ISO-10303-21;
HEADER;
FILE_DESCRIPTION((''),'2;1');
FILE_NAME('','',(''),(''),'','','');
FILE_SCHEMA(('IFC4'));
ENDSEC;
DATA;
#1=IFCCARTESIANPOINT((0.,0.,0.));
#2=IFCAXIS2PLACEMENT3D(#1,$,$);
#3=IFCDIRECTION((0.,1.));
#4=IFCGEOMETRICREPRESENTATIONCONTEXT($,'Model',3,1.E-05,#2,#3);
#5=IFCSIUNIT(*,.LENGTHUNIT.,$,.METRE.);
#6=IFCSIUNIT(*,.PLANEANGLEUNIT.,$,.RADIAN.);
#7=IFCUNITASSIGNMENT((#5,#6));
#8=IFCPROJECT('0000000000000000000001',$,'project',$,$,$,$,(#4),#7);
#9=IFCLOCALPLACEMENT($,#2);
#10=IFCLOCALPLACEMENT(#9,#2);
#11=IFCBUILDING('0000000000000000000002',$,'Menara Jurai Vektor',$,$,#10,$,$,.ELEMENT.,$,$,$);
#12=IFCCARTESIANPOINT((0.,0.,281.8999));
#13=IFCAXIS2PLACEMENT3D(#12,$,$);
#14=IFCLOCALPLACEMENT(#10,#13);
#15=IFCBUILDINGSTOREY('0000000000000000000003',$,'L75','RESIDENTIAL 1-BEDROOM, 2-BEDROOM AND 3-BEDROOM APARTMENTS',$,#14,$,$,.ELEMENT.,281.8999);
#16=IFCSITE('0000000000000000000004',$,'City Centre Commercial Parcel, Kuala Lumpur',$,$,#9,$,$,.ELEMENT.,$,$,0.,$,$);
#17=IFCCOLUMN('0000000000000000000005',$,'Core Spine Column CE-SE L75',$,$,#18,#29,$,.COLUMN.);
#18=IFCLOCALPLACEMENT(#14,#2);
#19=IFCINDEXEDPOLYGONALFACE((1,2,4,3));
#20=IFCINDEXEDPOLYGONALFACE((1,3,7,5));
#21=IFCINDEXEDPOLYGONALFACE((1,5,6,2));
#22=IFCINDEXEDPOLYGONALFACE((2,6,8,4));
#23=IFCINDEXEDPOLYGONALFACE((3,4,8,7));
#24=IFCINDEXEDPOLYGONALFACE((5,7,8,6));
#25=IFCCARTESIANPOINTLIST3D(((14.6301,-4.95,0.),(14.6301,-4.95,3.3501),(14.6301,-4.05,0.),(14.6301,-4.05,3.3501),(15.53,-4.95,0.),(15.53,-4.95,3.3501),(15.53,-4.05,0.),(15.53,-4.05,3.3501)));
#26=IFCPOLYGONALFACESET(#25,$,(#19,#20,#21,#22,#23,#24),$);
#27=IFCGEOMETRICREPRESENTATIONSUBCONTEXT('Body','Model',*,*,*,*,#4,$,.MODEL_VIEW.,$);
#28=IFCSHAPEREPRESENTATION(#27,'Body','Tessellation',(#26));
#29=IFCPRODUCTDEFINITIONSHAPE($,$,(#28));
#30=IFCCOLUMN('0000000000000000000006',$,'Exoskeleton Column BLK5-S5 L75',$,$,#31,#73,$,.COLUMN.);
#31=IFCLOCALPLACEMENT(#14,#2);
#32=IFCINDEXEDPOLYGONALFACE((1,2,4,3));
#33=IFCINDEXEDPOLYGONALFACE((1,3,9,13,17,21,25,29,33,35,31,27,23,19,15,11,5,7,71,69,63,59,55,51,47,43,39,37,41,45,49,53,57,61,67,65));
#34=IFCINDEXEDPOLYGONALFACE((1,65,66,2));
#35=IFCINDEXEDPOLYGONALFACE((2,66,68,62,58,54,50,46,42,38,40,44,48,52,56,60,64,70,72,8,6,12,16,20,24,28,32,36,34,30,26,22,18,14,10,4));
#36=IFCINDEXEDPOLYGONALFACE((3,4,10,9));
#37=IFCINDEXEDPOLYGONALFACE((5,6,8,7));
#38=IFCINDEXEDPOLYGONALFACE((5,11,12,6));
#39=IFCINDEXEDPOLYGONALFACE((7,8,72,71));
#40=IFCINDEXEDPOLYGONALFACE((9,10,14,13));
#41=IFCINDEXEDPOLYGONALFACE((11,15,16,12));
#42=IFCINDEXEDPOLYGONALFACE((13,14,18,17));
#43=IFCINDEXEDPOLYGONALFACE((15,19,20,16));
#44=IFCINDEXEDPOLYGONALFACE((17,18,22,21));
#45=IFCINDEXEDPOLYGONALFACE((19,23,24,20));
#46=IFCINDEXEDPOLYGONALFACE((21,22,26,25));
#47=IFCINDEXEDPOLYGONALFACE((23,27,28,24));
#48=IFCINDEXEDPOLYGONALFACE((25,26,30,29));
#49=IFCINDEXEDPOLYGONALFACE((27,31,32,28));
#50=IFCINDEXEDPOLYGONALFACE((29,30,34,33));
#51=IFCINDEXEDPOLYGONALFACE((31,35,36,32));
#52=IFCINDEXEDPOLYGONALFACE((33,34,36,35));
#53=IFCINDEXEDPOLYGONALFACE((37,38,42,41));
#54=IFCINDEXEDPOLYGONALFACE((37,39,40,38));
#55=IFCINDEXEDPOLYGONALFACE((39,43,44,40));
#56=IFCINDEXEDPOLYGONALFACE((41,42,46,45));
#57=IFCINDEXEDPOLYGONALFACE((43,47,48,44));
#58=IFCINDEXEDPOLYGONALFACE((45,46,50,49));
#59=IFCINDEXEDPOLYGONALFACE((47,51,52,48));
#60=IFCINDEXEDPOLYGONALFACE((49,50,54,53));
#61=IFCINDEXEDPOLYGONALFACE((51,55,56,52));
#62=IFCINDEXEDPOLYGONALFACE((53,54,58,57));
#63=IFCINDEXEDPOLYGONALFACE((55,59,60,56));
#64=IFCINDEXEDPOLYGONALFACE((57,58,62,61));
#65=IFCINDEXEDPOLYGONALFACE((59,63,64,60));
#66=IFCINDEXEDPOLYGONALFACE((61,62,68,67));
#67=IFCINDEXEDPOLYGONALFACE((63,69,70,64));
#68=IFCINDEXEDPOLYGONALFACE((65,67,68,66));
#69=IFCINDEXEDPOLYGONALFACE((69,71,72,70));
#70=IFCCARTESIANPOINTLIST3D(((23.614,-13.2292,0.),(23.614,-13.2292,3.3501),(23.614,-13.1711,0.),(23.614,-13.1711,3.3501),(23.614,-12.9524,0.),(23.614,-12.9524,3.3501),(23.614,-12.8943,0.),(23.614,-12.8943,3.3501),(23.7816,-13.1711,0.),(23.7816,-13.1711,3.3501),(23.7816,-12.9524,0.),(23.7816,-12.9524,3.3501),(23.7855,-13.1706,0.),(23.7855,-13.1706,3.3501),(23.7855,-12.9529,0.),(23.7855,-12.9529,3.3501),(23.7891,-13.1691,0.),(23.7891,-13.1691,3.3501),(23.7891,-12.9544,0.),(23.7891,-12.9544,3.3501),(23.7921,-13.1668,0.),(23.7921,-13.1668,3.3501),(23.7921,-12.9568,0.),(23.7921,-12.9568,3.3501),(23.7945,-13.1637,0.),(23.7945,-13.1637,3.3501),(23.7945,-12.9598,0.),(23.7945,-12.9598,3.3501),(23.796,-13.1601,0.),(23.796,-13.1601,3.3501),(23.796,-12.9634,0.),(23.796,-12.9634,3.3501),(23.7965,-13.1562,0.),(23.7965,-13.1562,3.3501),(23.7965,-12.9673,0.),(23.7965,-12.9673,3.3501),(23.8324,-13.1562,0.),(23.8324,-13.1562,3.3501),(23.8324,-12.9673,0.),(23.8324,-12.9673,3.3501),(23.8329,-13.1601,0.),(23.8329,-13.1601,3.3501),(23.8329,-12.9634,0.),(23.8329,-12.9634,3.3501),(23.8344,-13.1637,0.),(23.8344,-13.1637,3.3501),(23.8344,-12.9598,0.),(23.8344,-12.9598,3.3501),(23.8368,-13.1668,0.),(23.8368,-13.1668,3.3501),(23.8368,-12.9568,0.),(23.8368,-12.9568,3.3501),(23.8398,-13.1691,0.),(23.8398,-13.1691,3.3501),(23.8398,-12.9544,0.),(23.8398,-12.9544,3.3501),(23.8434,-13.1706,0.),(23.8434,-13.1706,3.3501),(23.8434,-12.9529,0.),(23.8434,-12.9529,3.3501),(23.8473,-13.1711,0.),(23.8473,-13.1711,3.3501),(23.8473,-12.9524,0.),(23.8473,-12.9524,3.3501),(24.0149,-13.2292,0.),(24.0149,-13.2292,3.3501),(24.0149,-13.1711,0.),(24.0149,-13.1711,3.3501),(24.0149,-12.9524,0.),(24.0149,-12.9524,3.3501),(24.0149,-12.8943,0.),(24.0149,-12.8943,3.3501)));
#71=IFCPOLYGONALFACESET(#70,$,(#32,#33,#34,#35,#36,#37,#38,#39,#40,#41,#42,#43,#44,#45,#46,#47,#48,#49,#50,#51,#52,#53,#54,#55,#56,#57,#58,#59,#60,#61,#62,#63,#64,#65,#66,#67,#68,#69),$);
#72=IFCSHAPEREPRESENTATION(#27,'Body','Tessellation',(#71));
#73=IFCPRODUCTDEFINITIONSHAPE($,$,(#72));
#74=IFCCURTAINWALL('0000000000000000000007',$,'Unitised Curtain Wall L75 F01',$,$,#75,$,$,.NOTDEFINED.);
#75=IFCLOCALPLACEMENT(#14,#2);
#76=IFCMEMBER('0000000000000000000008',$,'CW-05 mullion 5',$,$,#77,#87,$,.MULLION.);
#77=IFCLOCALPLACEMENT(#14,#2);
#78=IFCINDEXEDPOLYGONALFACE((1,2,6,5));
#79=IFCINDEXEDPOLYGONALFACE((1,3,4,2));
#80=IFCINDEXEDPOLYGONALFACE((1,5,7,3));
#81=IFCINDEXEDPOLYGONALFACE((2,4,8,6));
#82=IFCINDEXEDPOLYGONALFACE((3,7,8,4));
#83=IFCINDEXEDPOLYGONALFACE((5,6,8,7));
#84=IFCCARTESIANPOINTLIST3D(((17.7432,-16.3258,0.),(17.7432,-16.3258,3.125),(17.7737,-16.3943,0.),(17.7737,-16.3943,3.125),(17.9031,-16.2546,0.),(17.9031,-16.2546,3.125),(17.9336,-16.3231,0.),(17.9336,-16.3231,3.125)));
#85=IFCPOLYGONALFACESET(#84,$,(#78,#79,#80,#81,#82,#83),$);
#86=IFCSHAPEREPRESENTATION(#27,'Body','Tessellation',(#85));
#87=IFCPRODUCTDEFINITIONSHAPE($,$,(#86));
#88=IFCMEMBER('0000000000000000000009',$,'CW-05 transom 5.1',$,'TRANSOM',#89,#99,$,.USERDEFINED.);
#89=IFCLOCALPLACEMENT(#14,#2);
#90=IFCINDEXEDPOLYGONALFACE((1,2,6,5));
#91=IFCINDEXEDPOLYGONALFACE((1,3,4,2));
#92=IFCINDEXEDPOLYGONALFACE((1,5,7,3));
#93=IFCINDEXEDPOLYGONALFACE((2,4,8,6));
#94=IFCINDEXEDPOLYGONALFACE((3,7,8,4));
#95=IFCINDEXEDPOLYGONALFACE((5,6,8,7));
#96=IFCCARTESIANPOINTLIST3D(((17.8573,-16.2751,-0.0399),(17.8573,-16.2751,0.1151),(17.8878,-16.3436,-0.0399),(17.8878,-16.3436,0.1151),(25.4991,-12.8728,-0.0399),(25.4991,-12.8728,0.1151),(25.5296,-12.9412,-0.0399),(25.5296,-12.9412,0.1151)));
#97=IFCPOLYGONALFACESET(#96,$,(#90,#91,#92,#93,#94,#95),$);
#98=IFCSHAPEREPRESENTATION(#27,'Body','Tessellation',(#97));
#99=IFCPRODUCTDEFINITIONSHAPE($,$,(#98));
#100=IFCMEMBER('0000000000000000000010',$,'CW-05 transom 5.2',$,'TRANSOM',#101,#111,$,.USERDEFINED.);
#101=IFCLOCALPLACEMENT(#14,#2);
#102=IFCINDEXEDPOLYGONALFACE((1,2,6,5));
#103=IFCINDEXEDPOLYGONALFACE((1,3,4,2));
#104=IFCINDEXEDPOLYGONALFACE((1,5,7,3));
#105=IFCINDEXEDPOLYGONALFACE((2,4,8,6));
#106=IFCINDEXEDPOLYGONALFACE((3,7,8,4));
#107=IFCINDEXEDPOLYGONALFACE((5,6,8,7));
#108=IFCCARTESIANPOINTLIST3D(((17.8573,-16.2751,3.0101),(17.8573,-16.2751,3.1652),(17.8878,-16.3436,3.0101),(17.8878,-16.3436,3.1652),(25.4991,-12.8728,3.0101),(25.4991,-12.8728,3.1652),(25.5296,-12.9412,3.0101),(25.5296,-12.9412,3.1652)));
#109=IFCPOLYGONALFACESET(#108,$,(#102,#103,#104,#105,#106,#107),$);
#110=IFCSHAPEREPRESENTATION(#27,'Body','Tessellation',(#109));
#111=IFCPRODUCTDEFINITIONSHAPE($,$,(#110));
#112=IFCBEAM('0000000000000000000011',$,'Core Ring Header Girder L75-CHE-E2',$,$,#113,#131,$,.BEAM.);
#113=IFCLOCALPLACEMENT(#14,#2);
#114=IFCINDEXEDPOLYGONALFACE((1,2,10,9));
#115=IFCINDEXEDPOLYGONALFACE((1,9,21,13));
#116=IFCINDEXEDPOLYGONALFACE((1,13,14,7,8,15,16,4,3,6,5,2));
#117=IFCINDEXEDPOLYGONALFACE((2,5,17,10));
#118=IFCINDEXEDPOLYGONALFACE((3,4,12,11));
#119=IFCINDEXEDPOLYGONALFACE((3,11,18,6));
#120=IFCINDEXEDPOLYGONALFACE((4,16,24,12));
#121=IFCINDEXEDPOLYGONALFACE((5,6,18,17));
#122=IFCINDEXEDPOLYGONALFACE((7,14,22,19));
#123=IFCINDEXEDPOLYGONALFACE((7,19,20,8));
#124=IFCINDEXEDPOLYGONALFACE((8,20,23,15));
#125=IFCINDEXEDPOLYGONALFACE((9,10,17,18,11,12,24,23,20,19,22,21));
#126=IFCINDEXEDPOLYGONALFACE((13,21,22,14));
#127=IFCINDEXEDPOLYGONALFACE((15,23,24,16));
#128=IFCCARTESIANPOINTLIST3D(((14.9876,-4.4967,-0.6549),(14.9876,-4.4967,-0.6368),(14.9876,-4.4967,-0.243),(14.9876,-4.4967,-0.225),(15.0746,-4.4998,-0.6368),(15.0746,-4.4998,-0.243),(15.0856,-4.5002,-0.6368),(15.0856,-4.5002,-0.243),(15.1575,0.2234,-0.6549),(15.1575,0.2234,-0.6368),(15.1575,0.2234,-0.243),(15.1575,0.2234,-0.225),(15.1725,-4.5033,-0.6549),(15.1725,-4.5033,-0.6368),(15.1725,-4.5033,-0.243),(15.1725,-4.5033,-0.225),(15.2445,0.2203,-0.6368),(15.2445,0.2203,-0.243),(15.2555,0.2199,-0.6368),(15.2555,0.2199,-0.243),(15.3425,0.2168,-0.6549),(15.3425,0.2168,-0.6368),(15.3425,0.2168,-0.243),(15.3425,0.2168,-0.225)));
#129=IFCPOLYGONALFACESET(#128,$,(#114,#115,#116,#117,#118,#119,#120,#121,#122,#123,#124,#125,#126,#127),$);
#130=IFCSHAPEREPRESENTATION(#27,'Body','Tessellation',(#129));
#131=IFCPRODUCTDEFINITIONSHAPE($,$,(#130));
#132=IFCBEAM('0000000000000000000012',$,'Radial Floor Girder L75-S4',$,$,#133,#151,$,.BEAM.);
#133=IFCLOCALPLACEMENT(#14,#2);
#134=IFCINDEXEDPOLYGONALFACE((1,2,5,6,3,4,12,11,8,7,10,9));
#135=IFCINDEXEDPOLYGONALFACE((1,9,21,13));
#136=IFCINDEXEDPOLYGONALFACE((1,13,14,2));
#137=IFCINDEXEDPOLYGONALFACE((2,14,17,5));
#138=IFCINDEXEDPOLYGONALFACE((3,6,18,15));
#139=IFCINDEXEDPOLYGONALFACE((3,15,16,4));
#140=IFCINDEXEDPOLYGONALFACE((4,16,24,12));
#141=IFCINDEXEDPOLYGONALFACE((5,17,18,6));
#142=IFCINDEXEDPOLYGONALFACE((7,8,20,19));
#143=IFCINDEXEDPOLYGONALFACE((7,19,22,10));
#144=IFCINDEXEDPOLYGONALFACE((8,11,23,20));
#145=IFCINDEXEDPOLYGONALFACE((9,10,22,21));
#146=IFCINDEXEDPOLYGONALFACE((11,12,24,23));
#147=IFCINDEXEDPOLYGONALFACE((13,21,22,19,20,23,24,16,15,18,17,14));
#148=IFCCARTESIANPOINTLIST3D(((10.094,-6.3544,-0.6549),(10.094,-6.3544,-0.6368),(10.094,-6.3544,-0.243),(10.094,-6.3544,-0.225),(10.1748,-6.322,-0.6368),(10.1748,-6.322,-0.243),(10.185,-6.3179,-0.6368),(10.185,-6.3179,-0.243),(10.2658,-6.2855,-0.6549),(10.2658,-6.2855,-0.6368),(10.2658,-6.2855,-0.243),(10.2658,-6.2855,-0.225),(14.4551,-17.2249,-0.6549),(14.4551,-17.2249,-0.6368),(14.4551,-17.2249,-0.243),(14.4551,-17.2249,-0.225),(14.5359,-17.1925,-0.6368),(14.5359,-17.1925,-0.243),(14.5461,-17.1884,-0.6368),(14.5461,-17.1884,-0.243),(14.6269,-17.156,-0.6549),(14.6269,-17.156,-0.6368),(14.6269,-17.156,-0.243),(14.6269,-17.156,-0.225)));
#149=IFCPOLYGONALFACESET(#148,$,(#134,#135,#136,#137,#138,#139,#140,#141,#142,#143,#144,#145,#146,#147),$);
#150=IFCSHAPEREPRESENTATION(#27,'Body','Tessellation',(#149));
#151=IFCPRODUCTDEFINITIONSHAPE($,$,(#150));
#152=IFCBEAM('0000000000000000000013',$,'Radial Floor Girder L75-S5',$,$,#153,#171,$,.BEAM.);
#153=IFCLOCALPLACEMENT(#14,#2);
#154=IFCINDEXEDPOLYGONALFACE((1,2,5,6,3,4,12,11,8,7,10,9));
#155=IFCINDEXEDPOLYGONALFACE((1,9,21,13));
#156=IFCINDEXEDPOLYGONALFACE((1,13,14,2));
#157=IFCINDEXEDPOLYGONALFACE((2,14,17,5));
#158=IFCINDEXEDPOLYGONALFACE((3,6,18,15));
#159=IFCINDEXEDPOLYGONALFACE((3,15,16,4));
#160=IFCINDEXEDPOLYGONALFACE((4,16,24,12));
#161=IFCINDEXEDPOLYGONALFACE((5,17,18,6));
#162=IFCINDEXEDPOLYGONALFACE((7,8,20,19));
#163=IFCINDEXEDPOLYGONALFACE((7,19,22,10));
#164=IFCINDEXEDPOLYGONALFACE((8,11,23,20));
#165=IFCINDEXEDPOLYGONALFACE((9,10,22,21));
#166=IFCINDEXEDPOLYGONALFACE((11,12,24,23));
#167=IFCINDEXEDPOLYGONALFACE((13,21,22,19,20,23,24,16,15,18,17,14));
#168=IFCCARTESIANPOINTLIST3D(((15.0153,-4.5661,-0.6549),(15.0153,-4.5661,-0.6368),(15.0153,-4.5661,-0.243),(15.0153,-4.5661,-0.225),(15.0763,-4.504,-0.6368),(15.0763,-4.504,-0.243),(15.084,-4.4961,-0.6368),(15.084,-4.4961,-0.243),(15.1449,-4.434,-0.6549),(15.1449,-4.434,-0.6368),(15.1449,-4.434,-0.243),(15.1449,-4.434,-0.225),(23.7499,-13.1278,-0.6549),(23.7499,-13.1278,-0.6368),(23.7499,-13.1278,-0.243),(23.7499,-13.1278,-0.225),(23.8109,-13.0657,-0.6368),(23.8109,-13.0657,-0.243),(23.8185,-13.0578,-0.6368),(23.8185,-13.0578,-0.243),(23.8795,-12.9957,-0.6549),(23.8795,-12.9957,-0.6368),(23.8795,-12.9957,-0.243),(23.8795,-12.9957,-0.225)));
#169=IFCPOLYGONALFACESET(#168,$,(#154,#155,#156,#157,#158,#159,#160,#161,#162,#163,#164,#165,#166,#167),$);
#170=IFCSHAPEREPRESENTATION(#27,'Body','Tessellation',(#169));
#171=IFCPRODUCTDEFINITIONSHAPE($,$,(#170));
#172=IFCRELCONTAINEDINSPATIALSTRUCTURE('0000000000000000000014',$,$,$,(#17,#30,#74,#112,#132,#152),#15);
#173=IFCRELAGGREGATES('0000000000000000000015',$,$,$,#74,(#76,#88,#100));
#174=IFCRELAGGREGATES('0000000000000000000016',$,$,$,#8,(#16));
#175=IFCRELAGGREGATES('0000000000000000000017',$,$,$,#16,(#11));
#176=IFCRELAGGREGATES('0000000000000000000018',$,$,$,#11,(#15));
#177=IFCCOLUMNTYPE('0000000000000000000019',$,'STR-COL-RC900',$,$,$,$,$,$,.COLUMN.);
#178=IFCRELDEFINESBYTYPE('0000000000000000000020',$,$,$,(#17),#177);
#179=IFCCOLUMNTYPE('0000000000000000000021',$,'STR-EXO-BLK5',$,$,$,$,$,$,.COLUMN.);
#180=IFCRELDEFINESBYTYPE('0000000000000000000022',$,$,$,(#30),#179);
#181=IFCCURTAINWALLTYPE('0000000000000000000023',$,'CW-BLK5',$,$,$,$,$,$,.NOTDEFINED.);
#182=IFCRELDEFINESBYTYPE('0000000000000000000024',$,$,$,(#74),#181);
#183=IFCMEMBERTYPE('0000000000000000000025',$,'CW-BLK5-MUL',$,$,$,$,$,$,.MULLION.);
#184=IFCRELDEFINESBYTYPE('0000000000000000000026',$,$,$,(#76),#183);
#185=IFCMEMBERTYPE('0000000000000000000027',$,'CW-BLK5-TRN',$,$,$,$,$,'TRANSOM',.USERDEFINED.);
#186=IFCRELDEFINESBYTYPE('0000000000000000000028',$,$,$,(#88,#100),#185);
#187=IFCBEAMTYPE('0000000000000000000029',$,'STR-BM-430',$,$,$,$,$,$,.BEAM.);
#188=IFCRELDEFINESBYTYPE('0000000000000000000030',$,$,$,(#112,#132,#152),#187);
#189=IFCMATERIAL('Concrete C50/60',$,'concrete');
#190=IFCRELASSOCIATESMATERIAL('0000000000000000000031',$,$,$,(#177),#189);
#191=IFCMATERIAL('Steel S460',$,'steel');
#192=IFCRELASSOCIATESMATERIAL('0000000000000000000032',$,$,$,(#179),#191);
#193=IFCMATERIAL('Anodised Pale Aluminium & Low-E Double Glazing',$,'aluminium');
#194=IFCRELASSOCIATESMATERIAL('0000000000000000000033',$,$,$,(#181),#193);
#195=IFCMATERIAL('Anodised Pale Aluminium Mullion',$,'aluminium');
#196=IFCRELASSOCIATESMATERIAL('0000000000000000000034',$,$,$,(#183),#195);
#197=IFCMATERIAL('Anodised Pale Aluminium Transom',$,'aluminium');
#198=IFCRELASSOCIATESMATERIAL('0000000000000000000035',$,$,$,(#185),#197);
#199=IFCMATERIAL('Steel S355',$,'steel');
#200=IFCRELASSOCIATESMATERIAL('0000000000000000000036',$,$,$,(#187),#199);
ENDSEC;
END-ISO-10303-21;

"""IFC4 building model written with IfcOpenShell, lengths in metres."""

from ifc_helpers import new_model, si_unit, direction, frame, origin, origin_2d, place, context, subcontext, project, spatial, rectangle, i_section, extrude, material, material_profile, profile_set, type_object, element, aggregate, save


model = new_model("IFC4")

# Units and contexts
model_context = context("Model", 3, precision=1e-05, world=origin(), true_north=direction((0.0, 1.0)))
body_context = subcontext(model_context, "Body", "Model", "MODEL_VIEW")
ifc_project = project(units=[si_unit("LENGTHUNIT", "METRE"), si_unit("PLANEANGLEUNIT", "RADIAN")], contexts=[model_context])

# Site, building, storey
site_placement = place(None, origin())
site = spatial("IfcSite", under=ifc_project, at=site_placement, Name="City Centre Commercial Parcel, Kuala Lumpur", CompositionType="ELEMENT", RefElevation=0.0)
building_placement = place(site_placement, origin())
building = spatial("IfcBuilding", under=site, at=building_placement, Name="Menara Jurai Vektor", CompositionType="ELEMENT")
storey_placement = place(building_placement, frame((0.0, 0.0, 281.8999)))
storey = spatial("IfcBuildingStorey", under=building, at=storey_placement, Name="L75", Description="RESIDENTIAL 1-BEDROOM, 2-BEDROOM AND 3-BEDROOM APARTMENTS", CompositionType="ELEMENT", Elevation=281.8999)

# Columns
ifc_material_1 = material(Name="Concrete C50/60", Category="concrete")
ifc_material_profile_1 = material_profile(ifc_material_1, rectangle(XDim=0.8999, YDim=0.8999, at=origin_2d()), Name="RC 900x900")
ifc_profile_set_1 = profile_set([ifc_material_profile_1], Name="Concrete C50/60")
column_type_1 = type_object("IfcColumnType", Name="STR-COL-RC900", PredefinedType="COLUMN", material=ifc_profile_set_1)
column_1_placement = place(storey_placement, frame((15.0801, -4.5, 0.0), z_axis=(0.0, 0.0, 1.0), x_axis=(1.0, 0.0, 0.0)))
element("IfcColumn", 1, at=column_1_placement, inside=storey, type_object=column_type_1, Name="Core Spine Column CE-SE L75", PredefinedType="COLUMN", context=body_context, shape_type="SweptSolid", body=[
    extrude(rectangle(XDim=0.8999, YDim=0.8999, at=origin_2d()), origin(), (0.0, 0.0, 1.0), 3.3501),
])
ifc_material_2 = material(Name="Steel S460", Category="steel")
ifc_material_profile_2 = material_profile(ifc_material_2, i_section(OverallWidth=0.4009, OverallDepth=0.335, WebThickness=0.0359, FlangeThickness=0.0581, FilletRadius=0.0149, at=origin_2d()), Name="HD 400x463")
ifc_profile_set_2 = profile_set([ifc_material_profile_2], Name="Steel S460")
column_type_2 = type_object("IfcColumnType", Name="STR-EXO-BLK5", PredefinedType="COLUMN", material=ifc_profile_set_2)
column_2_placement = place(storey_placement, frame((23.8145, -13.0618, 0.0), z_axis=(0.0, 0.0, 1.0), x_axis=(1.0, 0.0, 0.0)))
element("IfcColumn", 2, at=column_2_placement, inside=storey, type_object=column_type_2, Name="Exoskeleton Column BLK5-S5 L75", PredefinedType="COLUMN", context=body_context, shape_type="SweptSolid", body=[
    extrude(i_section(OverallWidth=0.4009, OverallDepth=0.335, WebThickness=0.0359, FlangeThickness=0.0581, FilletRadius=0.0149, at=origin_2d()), origin(), (0.0, 0.0, 1.0), 3.3501),
])

# Curtain wall, members
ifc_material_3 = material(Name="Anodised Pale Aluminium & Low-E Double Glazing", Category="aluminium")
curtain_wall_type = type_object("IfcCurtainWallType", Name="CW-BLK5", PredefinedType="NOTDEFINED", material=ifc_material_3)
curtain_wall_placement = place(storey_placement, origin())
curtain_wall = element("IfcCurtainWall", 3, at=curtain_wall_placement, inside=storey, type_object=curtain_wall_type, Name="Unitised Curtain Wall L75 F01", PredefinedType="NOTDEFINED")
ifc_material_4 = material(Name="Anodised Pale Aluminium Mullion", Category="aluminium")
ifc_material_profile_3 = material_profile(ifc_material_4, rectangle(XDim=0.075, YDim=0.175, at=origin_2d()), Name="ALU MUL 75x175")
ifc_profile_set_3 = profile_set([ifc_material_profile_3], Name="Anodised Pale Aluminium Mullion")
member_type_1 = type_object("IfcMemberType", Name="CW-BLK5-MUL", PredefinedType="MULLION", material=ifc_profile_set_3)
member_1_placement = place(storey_placement, frame((17.8384, -16.3245, 0.0), z_axis=(0.0, 0.0, 1.0), x_axis=(-0.406735, 0.913546, 0.0)))
member_1 = element("IfcMember", 4, at=member_1_placement, type_object=member_type_1, Name="CW-05 mullion 5", PredefinedType="MULLION", context=body_context, shape_type="SweptSolid", body=[
    extrude(rectangle(XDim=0.075, YDim=0.175, at=origin_2d()), origin(), (0.0, 0.0, 1.0), 3.125),
])
ifc_material_5 = material(Name="Anodised Pale Aluminium Transom", Category="aluminium")
ifc_material_profile_4 = material_profile(ifc_material_5, rectangle(XDim=0.075, YDim=0.155, at=origin_2d()), Name="ALU TRN 75x155")
ifc_profile_set_4 = profile_set([ifc_material_profile_4], Name="Anodised Pale Aluminium Transom")
member_type_2 = type_object("IfcMemberType", Name="CW-BLK5-TRN", ElementType="TRANSOM", PredefinedType="USERDEFINED", material=ifc_profile_set_4)
member_2_placement = place(storey_placement, frame((17.8726, -16.3093, 0.0376), z_axis=(0.913547, 0.406734, 0.0), x_axis=(-0.406734, 0.913547, 0.0)))
member_2 = element("IfcMember", 5, at=member_2_placement, type_object=member_type_2, Name="CW-05 transom 5.1", ObjectType="TRANSOM", PredefinedType="USERDEFINED", context=body_context, shape_type="SweptSolid", body=[
    extrude(rectangle(XDim=0.075, YDim=0.155, at=origin_2d()), origin(), (0.0, 0.0, 1.0), 8.365),
])
member_3_placement = place(storey_placement, frame((17.8726, -16.3093, 3.0876), z_axis=(0.913547, 0.406734, 0.0), x_axis=(-0.406734, 0.913547, 0.0)))
member_3 = element("IfcMember", 6, at=member_3_placement, type_object=member_type_2, Name="CW-05 transom 5.2", ObjectType="TRANSOM", PredefinedType="USERDEFINED", context=body_context, shape_type="SweptSolid", body=[
    extrude(rectangle(XDim=0.075, YDim=0.155, at=origin_2d()), origin(), (0.0, 0.0, 1.0), 8.365),
])

# Beams
ifc_material_6 = material(Name="Steel S355", Category="steel")
ifc_material_profile_5 = material_profile(ifc_material_6, i_section(OverallWidth=0.1851, OverallDepth=0.4299, WebThickness=0.011, FlangeThickness=0.0181, at=origin_2d()), Name="PG 430x185x76")
ifc_profile_set_5 = profile_set([ifc_material_profile_5], Name="Steel S355")
beam_type_1 = type_object("IfcBeamType", Name="STR-BM-430", PredefinedType="BEAM", material=ifc_profile_set_5)
beam_1_placement = place(storey_placement, frame((15.0801, -4.5, -0.4399), z_axis=(0.035977, 0.999353, 0.0), x_axis=(-0.999353, 0.035977, 0.0)))
element("IfcBeam", 7, at=beam_1_placement, inside=storey, type_object=beam_type_1, Name="Core Ring Header Girder L75-CHE-E2", PredefinedType="BEAM", context=body_context, shape_type="SweptSolid", body=[
    extrude(i_section(OverallWidth=0.1851, OverallDepth=0.4299, WebThickness=0.011, FlangeThickness=0.0181, at=origin_2d()), origin(), (0.0, 0.0, 1.0), 4.7231),
])
beam_2_placement = place(storey_placement, frame((14.541, -17.1904, -0.4399), z_axis=(-0.372343, 0.928095, 0.0), x_axis=(-0.928095, -0.372343, 0.0)))
element("IfcBeam", 8, at=beam_2_placement, inside=storey, type_object=beam_type_1, Name="Radial Floor Girder L75-S4", PredefinedType="BEAM", context=body_context, shape_type="SweptSolid", body=[
    extrude(i_section(OverallWidth=0.1851, OverallDepth=0.4299, WebThickness=0.011, FlangeThickness=0.0181, at=origin_2d()), origin(), (0.0, 0.0, 1.0), 11.7126),
])
beam_3_placement = place(storey_placement, frame((23.8147, -13.0618, -0.4399), z_axis=(-0.714138, 0.700005, 0.0), x_axis=(-0.700005, -0.714138, 0.0)))
element("IfcBeam", 9, at=beam_3_placement, inside=storey, type_object=beam_type_1, Name="Radial Floor Girder L75-S5", PredefinedType="BEAM", context=body_context, shape_type="SweptSolid", body=[
    extrude(i_section(OverallWidth=0.1851, OverallDepth=0.4299, WebThickness=0.011, FlangeThickness=0.0181, at=origin_2d()), origin(), (0.0, 0.0, 1.0), 12.231),
])

aggregate(curtain_wall, [member_1, member_2, member_3])

save(model, "model.ifc")
